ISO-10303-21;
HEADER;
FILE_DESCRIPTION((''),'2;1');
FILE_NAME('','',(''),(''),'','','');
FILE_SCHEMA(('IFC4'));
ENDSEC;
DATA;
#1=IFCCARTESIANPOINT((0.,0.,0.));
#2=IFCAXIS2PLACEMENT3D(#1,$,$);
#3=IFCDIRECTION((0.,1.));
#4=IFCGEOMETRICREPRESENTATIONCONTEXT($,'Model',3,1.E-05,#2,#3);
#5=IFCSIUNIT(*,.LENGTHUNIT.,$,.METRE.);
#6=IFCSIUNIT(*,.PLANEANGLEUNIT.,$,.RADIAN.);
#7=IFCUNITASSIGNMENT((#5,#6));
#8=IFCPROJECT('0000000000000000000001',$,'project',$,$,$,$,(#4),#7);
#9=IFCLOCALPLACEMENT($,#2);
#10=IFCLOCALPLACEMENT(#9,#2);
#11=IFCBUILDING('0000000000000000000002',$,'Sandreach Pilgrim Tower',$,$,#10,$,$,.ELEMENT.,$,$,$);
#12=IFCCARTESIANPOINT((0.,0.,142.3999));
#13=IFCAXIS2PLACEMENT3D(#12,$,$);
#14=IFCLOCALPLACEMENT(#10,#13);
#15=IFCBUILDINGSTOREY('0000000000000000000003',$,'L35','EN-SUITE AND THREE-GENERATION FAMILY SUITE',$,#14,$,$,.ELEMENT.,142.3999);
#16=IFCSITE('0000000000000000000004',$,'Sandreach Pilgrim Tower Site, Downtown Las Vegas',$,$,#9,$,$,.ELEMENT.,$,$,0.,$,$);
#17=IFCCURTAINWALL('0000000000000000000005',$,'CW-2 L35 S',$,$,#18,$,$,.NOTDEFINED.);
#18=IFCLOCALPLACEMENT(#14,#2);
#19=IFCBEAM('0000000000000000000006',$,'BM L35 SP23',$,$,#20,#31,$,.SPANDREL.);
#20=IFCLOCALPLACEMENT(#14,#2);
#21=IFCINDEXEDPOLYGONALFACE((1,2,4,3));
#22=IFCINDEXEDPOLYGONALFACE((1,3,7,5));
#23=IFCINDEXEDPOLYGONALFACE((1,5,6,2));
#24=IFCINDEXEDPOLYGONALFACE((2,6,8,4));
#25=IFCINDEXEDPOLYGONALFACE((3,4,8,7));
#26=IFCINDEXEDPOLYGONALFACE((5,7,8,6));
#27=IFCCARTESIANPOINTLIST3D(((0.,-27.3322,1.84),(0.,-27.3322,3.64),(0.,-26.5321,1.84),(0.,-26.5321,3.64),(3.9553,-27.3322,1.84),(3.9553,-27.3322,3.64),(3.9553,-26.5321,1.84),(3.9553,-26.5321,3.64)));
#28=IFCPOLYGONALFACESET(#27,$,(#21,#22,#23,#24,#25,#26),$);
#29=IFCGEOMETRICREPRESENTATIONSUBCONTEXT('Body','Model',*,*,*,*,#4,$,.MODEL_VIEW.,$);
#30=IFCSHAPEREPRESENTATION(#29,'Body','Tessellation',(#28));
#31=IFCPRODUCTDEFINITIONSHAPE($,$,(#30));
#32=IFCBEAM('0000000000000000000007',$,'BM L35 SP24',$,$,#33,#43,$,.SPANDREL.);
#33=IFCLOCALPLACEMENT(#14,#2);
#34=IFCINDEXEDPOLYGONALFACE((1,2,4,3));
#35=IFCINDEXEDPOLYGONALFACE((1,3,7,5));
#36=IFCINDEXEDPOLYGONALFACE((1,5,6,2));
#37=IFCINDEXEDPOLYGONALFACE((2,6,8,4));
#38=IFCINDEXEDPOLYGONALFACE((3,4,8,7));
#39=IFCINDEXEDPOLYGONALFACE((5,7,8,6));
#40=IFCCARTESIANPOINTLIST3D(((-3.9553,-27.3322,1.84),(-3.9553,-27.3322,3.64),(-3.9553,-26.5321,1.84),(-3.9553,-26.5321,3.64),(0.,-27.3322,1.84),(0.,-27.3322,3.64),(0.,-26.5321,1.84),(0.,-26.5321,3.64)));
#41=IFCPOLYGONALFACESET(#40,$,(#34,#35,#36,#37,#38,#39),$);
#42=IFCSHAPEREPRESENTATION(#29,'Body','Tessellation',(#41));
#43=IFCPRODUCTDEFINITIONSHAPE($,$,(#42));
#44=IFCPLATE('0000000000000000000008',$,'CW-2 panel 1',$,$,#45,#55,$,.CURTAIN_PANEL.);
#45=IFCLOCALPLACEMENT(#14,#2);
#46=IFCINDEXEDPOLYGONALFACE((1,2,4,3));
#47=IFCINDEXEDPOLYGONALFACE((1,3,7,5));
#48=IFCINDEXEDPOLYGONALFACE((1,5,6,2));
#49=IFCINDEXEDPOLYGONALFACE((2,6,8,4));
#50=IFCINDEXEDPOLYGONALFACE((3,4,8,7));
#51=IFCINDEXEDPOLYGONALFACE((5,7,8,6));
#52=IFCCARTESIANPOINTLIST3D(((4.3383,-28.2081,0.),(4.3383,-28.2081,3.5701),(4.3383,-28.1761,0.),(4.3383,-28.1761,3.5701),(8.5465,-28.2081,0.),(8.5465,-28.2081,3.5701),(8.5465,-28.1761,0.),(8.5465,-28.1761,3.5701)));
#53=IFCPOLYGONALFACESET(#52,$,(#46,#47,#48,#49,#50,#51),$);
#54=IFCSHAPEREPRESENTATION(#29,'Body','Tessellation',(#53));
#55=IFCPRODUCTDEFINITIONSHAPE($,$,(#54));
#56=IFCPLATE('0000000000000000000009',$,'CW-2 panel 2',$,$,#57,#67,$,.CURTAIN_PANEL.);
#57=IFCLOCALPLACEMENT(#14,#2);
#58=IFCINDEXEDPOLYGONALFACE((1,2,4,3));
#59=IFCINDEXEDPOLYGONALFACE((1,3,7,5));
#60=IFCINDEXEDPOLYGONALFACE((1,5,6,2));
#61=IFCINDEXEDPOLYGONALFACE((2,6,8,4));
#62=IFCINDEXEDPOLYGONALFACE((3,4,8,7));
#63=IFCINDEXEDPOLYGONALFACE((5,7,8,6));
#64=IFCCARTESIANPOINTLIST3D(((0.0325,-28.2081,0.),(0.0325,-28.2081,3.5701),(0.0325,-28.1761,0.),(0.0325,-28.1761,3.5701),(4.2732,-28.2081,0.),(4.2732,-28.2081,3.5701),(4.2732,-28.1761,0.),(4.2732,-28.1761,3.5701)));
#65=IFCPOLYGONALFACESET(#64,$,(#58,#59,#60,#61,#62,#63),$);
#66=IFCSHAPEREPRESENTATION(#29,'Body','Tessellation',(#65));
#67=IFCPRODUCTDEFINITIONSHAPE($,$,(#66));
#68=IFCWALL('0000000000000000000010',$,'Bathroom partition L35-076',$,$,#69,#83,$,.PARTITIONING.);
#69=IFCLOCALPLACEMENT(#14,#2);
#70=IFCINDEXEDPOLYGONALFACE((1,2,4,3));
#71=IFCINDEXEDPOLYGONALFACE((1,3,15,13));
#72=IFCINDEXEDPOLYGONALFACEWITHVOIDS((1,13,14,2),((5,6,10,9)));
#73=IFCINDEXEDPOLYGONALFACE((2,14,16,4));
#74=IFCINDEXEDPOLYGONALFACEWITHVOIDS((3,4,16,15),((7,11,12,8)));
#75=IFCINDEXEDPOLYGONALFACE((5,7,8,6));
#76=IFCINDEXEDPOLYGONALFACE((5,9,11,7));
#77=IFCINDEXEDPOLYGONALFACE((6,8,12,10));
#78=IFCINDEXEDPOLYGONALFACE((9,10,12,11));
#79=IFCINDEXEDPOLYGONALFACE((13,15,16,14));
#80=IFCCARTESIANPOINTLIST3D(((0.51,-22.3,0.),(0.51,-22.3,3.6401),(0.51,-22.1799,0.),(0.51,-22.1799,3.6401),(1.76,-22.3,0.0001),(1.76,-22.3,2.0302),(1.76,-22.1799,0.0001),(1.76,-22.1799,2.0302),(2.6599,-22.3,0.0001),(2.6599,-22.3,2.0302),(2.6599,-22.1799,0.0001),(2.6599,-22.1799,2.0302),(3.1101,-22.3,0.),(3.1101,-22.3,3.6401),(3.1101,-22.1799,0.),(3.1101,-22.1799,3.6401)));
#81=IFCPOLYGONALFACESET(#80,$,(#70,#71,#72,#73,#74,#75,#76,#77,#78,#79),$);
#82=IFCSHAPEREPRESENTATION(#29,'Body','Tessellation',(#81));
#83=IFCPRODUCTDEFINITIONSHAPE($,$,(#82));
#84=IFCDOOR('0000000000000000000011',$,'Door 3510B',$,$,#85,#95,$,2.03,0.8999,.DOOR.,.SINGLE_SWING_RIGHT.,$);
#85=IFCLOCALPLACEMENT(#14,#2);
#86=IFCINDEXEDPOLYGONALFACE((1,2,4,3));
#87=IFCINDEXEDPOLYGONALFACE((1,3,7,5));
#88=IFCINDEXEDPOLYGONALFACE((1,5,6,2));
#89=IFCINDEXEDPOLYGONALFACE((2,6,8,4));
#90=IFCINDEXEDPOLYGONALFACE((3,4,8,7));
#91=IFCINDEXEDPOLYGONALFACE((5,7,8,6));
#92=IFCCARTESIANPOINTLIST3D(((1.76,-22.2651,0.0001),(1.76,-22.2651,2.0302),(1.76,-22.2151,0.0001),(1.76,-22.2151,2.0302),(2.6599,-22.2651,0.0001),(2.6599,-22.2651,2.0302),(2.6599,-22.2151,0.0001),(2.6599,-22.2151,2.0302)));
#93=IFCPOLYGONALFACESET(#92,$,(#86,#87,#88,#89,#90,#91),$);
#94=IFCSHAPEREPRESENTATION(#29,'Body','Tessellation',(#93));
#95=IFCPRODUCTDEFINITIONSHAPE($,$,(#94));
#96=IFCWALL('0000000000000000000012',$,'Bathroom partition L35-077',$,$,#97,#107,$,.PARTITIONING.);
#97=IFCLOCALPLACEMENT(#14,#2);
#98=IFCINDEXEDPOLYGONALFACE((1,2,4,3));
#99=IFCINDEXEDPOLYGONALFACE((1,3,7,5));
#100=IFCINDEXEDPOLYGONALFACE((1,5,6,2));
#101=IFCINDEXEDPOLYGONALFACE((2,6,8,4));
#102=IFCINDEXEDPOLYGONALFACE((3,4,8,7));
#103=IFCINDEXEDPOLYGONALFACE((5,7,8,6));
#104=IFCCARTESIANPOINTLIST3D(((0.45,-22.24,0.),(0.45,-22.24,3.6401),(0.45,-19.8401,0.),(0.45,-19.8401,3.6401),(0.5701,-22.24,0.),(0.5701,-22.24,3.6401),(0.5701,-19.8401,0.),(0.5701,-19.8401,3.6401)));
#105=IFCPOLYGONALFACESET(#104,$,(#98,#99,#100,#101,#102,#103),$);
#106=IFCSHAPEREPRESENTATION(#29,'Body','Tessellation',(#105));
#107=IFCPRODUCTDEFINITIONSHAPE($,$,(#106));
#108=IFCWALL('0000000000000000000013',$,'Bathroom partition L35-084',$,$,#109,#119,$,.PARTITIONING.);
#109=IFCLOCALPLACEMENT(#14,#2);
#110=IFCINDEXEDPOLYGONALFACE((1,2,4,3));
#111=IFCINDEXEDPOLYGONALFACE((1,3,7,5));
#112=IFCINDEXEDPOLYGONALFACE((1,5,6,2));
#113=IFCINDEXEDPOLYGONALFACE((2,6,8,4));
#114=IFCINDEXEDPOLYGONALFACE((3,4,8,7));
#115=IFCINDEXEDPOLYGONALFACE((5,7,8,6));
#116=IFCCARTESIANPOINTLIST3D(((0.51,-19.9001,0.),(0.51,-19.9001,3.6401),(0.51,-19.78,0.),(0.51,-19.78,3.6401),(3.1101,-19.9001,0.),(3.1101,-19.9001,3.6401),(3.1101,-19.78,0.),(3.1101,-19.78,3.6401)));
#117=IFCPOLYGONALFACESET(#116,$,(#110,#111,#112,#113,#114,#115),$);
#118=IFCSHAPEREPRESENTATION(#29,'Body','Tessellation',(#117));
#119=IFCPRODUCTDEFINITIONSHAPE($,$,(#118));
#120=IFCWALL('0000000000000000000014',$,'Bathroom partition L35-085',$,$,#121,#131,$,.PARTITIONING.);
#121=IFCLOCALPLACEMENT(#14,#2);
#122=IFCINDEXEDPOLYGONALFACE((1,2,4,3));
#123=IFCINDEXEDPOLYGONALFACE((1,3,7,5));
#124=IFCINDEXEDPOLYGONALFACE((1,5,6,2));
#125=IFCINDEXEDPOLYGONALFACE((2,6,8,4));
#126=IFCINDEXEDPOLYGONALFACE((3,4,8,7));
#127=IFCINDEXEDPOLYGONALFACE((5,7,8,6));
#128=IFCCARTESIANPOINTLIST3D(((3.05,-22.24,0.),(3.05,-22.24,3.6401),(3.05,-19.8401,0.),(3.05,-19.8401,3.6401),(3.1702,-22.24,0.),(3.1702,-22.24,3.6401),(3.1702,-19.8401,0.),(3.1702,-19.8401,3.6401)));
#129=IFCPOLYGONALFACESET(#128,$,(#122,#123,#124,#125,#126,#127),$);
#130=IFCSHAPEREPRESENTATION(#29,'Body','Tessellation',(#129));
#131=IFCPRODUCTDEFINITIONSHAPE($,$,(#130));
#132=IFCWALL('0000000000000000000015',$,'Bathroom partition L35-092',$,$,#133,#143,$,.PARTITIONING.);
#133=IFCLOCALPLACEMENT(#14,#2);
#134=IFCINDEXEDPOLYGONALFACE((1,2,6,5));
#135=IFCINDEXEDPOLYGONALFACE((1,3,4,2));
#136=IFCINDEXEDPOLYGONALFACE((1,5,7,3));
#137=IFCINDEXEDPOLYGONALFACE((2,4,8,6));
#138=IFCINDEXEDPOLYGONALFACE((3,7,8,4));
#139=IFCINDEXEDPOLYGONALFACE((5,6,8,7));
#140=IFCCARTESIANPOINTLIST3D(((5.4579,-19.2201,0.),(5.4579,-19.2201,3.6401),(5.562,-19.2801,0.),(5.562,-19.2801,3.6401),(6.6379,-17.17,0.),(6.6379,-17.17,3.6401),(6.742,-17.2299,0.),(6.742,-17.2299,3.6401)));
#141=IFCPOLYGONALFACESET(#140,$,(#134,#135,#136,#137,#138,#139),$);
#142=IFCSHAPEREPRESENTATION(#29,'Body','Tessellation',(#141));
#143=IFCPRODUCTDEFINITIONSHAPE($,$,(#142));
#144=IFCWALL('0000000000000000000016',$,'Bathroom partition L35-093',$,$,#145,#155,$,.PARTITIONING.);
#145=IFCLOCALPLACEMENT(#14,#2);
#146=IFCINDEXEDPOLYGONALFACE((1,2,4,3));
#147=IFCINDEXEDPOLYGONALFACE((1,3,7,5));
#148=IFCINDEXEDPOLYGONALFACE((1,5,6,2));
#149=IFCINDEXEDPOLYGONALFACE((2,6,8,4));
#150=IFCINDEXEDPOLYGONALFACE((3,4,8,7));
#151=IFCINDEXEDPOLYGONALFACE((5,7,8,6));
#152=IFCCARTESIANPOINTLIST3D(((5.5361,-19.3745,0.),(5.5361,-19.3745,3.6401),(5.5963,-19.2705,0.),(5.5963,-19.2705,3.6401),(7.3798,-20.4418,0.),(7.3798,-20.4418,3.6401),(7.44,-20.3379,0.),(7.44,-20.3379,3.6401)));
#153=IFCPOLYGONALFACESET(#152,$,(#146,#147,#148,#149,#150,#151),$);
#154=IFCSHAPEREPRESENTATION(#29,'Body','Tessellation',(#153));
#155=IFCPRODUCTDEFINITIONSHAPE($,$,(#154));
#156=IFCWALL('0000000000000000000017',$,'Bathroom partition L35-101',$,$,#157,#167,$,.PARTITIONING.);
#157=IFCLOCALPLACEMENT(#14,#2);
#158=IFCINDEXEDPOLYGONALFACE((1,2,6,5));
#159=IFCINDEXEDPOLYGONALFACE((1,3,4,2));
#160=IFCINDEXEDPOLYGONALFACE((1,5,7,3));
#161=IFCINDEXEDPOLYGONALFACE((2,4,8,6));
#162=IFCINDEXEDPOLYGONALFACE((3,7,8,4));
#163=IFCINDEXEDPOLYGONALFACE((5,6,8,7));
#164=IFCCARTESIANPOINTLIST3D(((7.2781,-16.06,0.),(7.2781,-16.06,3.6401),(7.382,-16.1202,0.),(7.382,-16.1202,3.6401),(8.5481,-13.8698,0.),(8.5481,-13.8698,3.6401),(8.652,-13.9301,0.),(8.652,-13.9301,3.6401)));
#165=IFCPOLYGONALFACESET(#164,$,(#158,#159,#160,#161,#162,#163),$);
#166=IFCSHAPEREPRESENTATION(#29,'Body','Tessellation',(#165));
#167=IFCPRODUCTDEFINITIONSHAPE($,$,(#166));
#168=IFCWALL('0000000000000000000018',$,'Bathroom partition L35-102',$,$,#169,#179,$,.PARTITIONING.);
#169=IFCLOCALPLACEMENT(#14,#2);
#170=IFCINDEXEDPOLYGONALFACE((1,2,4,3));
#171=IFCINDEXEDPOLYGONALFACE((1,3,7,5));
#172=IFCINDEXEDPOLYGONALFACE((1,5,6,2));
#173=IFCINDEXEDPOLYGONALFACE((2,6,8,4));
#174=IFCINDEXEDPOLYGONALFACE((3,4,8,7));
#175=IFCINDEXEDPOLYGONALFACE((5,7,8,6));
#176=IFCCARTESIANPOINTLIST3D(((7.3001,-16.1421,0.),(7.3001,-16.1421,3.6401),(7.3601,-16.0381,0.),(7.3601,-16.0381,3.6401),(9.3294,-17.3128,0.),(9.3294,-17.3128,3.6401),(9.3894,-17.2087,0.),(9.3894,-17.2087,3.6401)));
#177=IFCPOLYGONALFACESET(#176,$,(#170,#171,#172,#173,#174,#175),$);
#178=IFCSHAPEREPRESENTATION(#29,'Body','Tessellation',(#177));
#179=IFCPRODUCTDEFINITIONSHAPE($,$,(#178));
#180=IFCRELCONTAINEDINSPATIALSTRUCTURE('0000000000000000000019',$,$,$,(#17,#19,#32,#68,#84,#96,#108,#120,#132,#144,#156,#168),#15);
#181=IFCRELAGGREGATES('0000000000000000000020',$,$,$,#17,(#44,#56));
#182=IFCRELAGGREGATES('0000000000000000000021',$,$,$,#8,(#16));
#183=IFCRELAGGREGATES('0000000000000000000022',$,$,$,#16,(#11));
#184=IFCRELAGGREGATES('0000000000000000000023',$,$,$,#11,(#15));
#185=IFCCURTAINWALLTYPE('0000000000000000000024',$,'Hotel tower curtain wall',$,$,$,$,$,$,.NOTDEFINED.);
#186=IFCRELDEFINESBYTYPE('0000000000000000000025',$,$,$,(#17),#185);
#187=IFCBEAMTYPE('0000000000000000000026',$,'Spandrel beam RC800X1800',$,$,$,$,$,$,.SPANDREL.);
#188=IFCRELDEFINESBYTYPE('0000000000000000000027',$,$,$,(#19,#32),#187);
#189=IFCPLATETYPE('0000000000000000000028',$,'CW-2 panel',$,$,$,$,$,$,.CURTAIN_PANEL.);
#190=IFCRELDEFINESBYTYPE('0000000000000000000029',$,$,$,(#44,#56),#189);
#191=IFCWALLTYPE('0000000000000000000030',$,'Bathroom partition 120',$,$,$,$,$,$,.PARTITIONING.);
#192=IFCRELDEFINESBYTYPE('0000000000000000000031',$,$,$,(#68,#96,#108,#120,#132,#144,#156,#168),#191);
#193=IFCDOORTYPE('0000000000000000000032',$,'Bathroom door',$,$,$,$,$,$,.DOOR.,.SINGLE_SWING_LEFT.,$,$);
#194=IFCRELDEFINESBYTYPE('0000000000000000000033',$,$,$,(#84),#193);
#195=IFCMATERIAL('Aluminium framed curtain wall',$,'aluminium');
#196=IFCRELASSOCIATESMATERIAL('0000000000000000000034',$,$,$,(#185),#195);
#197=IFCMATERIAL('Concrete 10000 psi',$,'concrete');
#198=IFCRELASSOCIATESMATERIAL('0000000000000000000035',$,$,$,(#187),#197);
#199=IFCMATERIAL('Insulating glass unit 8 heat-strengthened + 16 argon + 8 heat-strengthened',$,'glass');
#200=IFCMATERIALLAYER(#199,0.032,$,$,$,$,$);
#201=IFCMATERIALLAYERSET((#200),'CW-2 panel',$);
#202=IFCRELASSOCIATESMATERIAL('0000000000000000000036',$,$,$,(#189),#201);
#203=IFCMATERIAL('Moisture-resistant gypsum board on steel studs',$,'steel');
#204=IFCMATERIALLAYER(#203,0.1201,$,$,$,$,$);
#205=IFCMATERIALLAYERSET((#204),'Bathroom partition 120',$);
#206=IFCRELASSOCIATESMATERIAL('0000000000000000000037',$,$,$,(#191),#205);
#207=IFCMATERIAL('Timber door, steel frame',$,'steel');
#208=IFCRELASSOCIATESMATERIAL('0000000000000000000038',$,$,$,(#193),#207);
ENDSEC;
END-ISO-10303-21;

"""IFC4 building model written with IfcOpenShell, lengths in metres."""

from ifc_helpers import new_model, si_unit, direction, frame, frame_2d, origin, origin_2d, place, context, subcontext, project, spatial, rectangle, extrude, material, layer, layer_set, material_profile, profile_set, type_object, element, fill, aggregate, save


model = new_model("IFC4")

# Units and contexts
model_context = context("Model", 3, precision=1e-05, world=origin(), true_north=direction((0.0, 1.0)))
body_context = subcontext(model_context, "Body", "Model", "MODEL_VIEW")
ifc_project = project(units=[si_unit("LENGTHUNIT", "METRE"), si_unit("PLANEANGLEUNIT", "RADIAN")], contexts=[model_context])

# Site, building, storey
site_placement = place(None, origin())
site = spatial("IfcSite", under=ifc_project, at=site_placement, Name="Sandreach Pilgrim Tower Site, Downtown Las Vegas", CompositionType="ELEMENT", RefElevation=0.0)
building_placement = place(site_placement, origin())
building = spatial("IfcBuilding", under=site, at=building_placement, Name="Sandreach Pilgrim Tower", CompositionType="ELEMENT")
storey_placement = place(building_placement, frame((0.0, 0.0, 142.3999)))
storey = spatial("IfcBuildingStorey", under=building, at=storey_placement, Name="L35", Description="EN-SUITE AND THREE-GENERATION FAMILY SUITE", CompositionType="ELEMENT", Elevation=142.3999)

# Curtain wall
ifc_material_1 = material(Name="Aluminium framed curtain wall", Category="aluminium")
curtain_wall_type = type_object("IfcCurtainWallType", Name="Hotel tower curtain wall", PredefinedType="NOTDEFINED", material=ifc_material_1)
curtain_wall_placement = place(storey_placement, origin())
curtain_wall = element("IfcCurtainWall", 1, at=curtain_wall_placement, inside=storey, type_object=curtain_wall_type, Name="CW-2 L35 S", PredefinedType="NOTDEFINED")

# Beams
ifc_material_2 = material(Name="Concrete 10000 psi", Category="concrete")
ifc_material_profile_1 = material_profile(ifc_material_2, rectangle(XDim=0.8, YDim=1.8, at=origin_2d()), Name="RC800X1800")
ifc_profile_set_1 = profile_set([ifc_material_profile_1], Name="Concrete 10000 psi")
beam_type_1 = type_object("IfcBeamType", Name="Spandrel beam RC800X1800", PredefinedType="SPANDREL", material=ifc_profile_set_1)
for number, where, z_axis, x_axis, name in (
    (2, (3.9553, -26.9321, 2.74), (-1.0, 0.0, 0.0), (0.0, -1.0, 0.0), "BM L35 SP23"),
    (3, (0.0, -26.9321, 2.74), (-1.0, 0.0, 0.0), (0.0, -1.0, 0.0), "BM L35 SP24"),
):
    element("IfcBeam", number, at=place(storey_placement, frame(where, z_axis=z_axis, x_axis=x_axis)), inside=storey, type_object=beam_type_1, Name=name, PredefinedType="SPANDREL", context=body_context, shape_type="SweptSolid", body=[
        extrude(rectangle(XDim=0.8, YDim=1.8, at=origin_2d()), origin(), (0.0, 0.0, 1.0), 3.9553),
    ])

# Plates
ifc_material_3 = material(Name="Insulating glass unit 8 heat-strengthened + 16 argon + 8 heat-strengthened", Category="glass")
ifc_layer_1 = layer(ifc_material_3, 0.032)
ifc_layer_set_1 = layer_set([ifc_layer_1], Name="CW-2 panel")
plate_type = type_object("IfcPlateType", Name="CW-2 panel", PredefinedType="CURTAIN_PANEL", material=ifc_layer_set_1)
plate_1_placement = place(storey_placement, frame((6.4424, -28.1921, 0.0), z_axis=(0.0, 0.0, 1.0), x_axis=(-1.0, 0.0, 0.0)))
plate_1 = element("IfcPlate", 4, at=plate_1_placement, type_object=plate_type, Name="CW-2 panel 1", PredefinedType="CURTAIN_PANEL", context=body_context, shape_type="SweptSolid", body=[
    extrude(rectangle(XDim=4.2083, YDim=0.032, at=origin_2d()), origin(), (0.0, 0.0, 1.0), 3.5701),
])
plate_2_placement = place(storey_placement, frame((2.1528, -28.1921, 0.0), z_axis=(0.0, 0.0, 1.0), x_axis=(-1.0, 0.0, 0.0)))
plate_2 = element("IfcPlate", 5, at=plate_2_placement, type_object=plate_type, Name="CW-2 panel 2", PredefinedType="CURTAIN_PANEL", context=body_context, shape_type="SweptSolid", body=[
    extrude(rectangle(XDim=4.2407, YDim=0.032, at=origin_2d()), origin(), (0.0, 0.0, 1.0), 3.5701),
])
aggregate(curtain_wall, [plate_1, plate_2])

# Wall, opening, door
ifc_material_4 = material(Name="Moisture-resistant gypsum board on steel studs", Category="steel")
ifc_layer_2 = layer(ifc_material_4, 0.1201)
ifc_layer_set_2 = layer_set([ifc_layer_2], Name="Bathroom partition 120")
wall_type_1 = type_object("IfcWallType", Name="Bathroom partition 120", PredefinedType="PARTITIONING", material=ifc_layer_set_2)
wall_1_placement = place(storey_placement, frame((0.51, -22.24, 0.0), z_axis=(0.0, 0.0, 1.0), x_axis=(1.0, 0.0, 0.0)))
wall_1 = element("IfcWall", 6, at=wall_1_placement, inside=storey, type_object=wall_type_1, Name="Bathroom partition L35-076", PredefinedType="PARTITIONING", context=body_context, shape_type="SweptSolid", body=[
    extrude(rectangle(XDim=2.6001, YDim=0.1201, at=frame_2d((1.3, 0.0))), origin(), (0.0, 0.0, 1.0), 3.6401),
])
opening_1_placement = place(wall_1_placement, frame((1.25, 0.0, 0.0)))
opening_1 = element("IfcOpeningElement", 7, at=opening_1_placement, cuts=wall_1, PredefinedType="OPENING", context=body_context, shape_type="SweptSolid", body=[
    extrude(rectangle(XDim=0.8999, YDim=2.03, at=frame_2d((0.45, 1.0151))), frame((0.0, 0.0601, 0.0), z_axis=(0.0, -1.0, 0.0), x_axis=(1.0, 0.0, 0.0)), (0.0, 0.0, 1.0), 0.1201),
])
ifc_material_5 = material(Name="Timber door, steel frame", Category="steel")
door_type_1 = type_object("IfcDoorType", Name="Bathroom door", OperationType="SINGLE_SWING_LEFT", PredefinedType="DOOR", material=ifc_material_5)
door_1_placement = place(opening_1_placement, origin())
door_1 = element("IfcDoor", 8, at=door_1_placement, inside=storey, type_object=door_type_1, Name="Door 3510B", OperationType="SINGLE_SWING_RIGHT", OverallHeight=2.03, OverallWidth=0.8999, PredefinedType="DOOR", context=body_context, shape_type="SweptSolid", body=[
    extrude(rectangle(XDim=0.8999, YDim=2.03, at=frame_2d((0.45, 1.0151))), frame((0.0, 0.0249, 0.0), z_axis=(0.0, -1.0, 0.0), x_axis=(1.0, 0.0, 0.0)), (0.0, 0.0, 1.0), 0.05),
])
fill(opening_1, door_1)

# Walls
wall_2_placement = place(storey_placement, frame((0.51, -19.8401, 0.0), z_axis=(0.0, 0.0, 1.0), x_axis=(0.0, -1.0, 0.0)))
element("IfcWall", 9, at=wall_2_placement, inside=storey, type_object=wall_type_1, Name="Bathroom partition L35-077", PredefinedType="PARTITIONING", context=body_context, shape_type="SweptSolid", body=[
    extrude(rectangle(XDim=2.3999, YDim=0.1201, at=frame_2d((1.2, 0.0))), origin(), (0.0, 0.0, 1.0), 3.6401),
])
wall_3_placement = place(storey_placement, frame((3.1101, -19.8401, 0.0), z_axis=(0.0, 0.0, 1.0), x_axis=(-1.0, 0.0, 0.0)))
element("IfcWall", 10, at=wall_3_placement, inside=storey, type_object=wall_type_1, Name="Bathroom partition L35-084", PredefinedType="PARTITIONING", context=body_context, shape_type="SweptSolid", body=[
    extrude(rectangle(XDim=2.6001, YDim=0.1201, at=frame_2d((1.3, 0.0))), origin(), (0.0, 0.0, 1.0), 3.6401),
])
wall_4_placement = place(storey_placement, frame((3.1101, -19.8401, 0.0), z_axis=(0.0, 0.0, 1.0), x_axis=(0.0, -1.0, 0.0)))
element("IfcWall", 11, at=wall_4_placement, inside=storey, type_object=wall_type_1, Name="Bathroom partition L35-085", PredefinedType="PARTITIONING", context=body_context, shape_type="SweptSolid", body=[
    extrude(rectangle(XDim=2.3999, YDim=0.1201, at=frame_2d((1.2, 0.0))), origin(), (0.0, 0.0, 1.0), 3.6401),
])
wall_5_placement = place(storey_placement, frame((5.51, -19.25, 0.0), z_axis=(0.0, 0.0, 1.0), x_axis=(0.498838, 0.866695, 0.0)))
element("IfcWall", 12, at=wall_5_placement, inside=storey, type_object=wall_type_1, Name="Bathroom partition L35-092", PredefinedType="PARTITIONING", context=body_context, shape_type="SweptSolid", body=[
    extrude(rectangle(XDim=2.3655, YDim=0.1201, at=frame_2d((1.1826, 0.0))), origin(), (0.0, 0.0, 1.0), 3.6401),
])
wall_6_placement = place(storey_placement, frame((5.5662, -19.3225, 0.0), z_axis=(0.0, 0.0, 1.0), x_axis=(0.865437, -0.501018, 0.0)))
element("IfcWall", 13, at=wall_6_placement, inside=storey, type_object=wall_type_1, Name="Bathroom partition L35-093", PredefinedType="PARTITIONING", context=body_context, shape_type="SweptSolid", body=[
    extrude(rectangle(XDim=2.1304, YDim=0.1201, at=frame_2d((1.0652, 0.0))), origin(), (0.0, 0.0, 1.0), 3.6401),
])
wall_7_placement = place(storey_placement, frame((7.3301, -16.0901, 0.0), z_axis=(0.0, 0.0, 1.0), x_axis=(0.501633, 0.865081, 0.0)))
element("IfcWall", 14, at=wall_7_placement, inside=storey, type_object=wall_type_1, Name="Bathroom partition L35-101", PredefinedType="PARTITIONING", context=body_context, shape_type="SweptSolid", body=[
    extrude(rectangle(XDim=2.5317, YDim=0.1201, at=frame_2d((1.2659, 0.0))), origin(), (0.0, 0.0, 1.0), 3.6401),
])
wall_8_placement = place(storey_placement, frame((7.3301, -16.0901, 0.0), z_axis=(0.0, 0.0, 1.0), x_axis=(0.866203, -0.499692, 0.0)))
element("IfcWall", 15, at=wall_8_placement, inside=storey, type_object=wall_type_1, Name="Bathroom partition L35-102", PredefinedType="PARTITIONING", context=body_context, shape_type="SweptSolid", body=[
    extrude(rectangle(XDim=2.3428, YDim=0.1201, at=frame_2d((1.1714, 0.0))), origin(), (0.0, 0.0, 1.0), 3.6401),
])

save(model, "model.ifc")
